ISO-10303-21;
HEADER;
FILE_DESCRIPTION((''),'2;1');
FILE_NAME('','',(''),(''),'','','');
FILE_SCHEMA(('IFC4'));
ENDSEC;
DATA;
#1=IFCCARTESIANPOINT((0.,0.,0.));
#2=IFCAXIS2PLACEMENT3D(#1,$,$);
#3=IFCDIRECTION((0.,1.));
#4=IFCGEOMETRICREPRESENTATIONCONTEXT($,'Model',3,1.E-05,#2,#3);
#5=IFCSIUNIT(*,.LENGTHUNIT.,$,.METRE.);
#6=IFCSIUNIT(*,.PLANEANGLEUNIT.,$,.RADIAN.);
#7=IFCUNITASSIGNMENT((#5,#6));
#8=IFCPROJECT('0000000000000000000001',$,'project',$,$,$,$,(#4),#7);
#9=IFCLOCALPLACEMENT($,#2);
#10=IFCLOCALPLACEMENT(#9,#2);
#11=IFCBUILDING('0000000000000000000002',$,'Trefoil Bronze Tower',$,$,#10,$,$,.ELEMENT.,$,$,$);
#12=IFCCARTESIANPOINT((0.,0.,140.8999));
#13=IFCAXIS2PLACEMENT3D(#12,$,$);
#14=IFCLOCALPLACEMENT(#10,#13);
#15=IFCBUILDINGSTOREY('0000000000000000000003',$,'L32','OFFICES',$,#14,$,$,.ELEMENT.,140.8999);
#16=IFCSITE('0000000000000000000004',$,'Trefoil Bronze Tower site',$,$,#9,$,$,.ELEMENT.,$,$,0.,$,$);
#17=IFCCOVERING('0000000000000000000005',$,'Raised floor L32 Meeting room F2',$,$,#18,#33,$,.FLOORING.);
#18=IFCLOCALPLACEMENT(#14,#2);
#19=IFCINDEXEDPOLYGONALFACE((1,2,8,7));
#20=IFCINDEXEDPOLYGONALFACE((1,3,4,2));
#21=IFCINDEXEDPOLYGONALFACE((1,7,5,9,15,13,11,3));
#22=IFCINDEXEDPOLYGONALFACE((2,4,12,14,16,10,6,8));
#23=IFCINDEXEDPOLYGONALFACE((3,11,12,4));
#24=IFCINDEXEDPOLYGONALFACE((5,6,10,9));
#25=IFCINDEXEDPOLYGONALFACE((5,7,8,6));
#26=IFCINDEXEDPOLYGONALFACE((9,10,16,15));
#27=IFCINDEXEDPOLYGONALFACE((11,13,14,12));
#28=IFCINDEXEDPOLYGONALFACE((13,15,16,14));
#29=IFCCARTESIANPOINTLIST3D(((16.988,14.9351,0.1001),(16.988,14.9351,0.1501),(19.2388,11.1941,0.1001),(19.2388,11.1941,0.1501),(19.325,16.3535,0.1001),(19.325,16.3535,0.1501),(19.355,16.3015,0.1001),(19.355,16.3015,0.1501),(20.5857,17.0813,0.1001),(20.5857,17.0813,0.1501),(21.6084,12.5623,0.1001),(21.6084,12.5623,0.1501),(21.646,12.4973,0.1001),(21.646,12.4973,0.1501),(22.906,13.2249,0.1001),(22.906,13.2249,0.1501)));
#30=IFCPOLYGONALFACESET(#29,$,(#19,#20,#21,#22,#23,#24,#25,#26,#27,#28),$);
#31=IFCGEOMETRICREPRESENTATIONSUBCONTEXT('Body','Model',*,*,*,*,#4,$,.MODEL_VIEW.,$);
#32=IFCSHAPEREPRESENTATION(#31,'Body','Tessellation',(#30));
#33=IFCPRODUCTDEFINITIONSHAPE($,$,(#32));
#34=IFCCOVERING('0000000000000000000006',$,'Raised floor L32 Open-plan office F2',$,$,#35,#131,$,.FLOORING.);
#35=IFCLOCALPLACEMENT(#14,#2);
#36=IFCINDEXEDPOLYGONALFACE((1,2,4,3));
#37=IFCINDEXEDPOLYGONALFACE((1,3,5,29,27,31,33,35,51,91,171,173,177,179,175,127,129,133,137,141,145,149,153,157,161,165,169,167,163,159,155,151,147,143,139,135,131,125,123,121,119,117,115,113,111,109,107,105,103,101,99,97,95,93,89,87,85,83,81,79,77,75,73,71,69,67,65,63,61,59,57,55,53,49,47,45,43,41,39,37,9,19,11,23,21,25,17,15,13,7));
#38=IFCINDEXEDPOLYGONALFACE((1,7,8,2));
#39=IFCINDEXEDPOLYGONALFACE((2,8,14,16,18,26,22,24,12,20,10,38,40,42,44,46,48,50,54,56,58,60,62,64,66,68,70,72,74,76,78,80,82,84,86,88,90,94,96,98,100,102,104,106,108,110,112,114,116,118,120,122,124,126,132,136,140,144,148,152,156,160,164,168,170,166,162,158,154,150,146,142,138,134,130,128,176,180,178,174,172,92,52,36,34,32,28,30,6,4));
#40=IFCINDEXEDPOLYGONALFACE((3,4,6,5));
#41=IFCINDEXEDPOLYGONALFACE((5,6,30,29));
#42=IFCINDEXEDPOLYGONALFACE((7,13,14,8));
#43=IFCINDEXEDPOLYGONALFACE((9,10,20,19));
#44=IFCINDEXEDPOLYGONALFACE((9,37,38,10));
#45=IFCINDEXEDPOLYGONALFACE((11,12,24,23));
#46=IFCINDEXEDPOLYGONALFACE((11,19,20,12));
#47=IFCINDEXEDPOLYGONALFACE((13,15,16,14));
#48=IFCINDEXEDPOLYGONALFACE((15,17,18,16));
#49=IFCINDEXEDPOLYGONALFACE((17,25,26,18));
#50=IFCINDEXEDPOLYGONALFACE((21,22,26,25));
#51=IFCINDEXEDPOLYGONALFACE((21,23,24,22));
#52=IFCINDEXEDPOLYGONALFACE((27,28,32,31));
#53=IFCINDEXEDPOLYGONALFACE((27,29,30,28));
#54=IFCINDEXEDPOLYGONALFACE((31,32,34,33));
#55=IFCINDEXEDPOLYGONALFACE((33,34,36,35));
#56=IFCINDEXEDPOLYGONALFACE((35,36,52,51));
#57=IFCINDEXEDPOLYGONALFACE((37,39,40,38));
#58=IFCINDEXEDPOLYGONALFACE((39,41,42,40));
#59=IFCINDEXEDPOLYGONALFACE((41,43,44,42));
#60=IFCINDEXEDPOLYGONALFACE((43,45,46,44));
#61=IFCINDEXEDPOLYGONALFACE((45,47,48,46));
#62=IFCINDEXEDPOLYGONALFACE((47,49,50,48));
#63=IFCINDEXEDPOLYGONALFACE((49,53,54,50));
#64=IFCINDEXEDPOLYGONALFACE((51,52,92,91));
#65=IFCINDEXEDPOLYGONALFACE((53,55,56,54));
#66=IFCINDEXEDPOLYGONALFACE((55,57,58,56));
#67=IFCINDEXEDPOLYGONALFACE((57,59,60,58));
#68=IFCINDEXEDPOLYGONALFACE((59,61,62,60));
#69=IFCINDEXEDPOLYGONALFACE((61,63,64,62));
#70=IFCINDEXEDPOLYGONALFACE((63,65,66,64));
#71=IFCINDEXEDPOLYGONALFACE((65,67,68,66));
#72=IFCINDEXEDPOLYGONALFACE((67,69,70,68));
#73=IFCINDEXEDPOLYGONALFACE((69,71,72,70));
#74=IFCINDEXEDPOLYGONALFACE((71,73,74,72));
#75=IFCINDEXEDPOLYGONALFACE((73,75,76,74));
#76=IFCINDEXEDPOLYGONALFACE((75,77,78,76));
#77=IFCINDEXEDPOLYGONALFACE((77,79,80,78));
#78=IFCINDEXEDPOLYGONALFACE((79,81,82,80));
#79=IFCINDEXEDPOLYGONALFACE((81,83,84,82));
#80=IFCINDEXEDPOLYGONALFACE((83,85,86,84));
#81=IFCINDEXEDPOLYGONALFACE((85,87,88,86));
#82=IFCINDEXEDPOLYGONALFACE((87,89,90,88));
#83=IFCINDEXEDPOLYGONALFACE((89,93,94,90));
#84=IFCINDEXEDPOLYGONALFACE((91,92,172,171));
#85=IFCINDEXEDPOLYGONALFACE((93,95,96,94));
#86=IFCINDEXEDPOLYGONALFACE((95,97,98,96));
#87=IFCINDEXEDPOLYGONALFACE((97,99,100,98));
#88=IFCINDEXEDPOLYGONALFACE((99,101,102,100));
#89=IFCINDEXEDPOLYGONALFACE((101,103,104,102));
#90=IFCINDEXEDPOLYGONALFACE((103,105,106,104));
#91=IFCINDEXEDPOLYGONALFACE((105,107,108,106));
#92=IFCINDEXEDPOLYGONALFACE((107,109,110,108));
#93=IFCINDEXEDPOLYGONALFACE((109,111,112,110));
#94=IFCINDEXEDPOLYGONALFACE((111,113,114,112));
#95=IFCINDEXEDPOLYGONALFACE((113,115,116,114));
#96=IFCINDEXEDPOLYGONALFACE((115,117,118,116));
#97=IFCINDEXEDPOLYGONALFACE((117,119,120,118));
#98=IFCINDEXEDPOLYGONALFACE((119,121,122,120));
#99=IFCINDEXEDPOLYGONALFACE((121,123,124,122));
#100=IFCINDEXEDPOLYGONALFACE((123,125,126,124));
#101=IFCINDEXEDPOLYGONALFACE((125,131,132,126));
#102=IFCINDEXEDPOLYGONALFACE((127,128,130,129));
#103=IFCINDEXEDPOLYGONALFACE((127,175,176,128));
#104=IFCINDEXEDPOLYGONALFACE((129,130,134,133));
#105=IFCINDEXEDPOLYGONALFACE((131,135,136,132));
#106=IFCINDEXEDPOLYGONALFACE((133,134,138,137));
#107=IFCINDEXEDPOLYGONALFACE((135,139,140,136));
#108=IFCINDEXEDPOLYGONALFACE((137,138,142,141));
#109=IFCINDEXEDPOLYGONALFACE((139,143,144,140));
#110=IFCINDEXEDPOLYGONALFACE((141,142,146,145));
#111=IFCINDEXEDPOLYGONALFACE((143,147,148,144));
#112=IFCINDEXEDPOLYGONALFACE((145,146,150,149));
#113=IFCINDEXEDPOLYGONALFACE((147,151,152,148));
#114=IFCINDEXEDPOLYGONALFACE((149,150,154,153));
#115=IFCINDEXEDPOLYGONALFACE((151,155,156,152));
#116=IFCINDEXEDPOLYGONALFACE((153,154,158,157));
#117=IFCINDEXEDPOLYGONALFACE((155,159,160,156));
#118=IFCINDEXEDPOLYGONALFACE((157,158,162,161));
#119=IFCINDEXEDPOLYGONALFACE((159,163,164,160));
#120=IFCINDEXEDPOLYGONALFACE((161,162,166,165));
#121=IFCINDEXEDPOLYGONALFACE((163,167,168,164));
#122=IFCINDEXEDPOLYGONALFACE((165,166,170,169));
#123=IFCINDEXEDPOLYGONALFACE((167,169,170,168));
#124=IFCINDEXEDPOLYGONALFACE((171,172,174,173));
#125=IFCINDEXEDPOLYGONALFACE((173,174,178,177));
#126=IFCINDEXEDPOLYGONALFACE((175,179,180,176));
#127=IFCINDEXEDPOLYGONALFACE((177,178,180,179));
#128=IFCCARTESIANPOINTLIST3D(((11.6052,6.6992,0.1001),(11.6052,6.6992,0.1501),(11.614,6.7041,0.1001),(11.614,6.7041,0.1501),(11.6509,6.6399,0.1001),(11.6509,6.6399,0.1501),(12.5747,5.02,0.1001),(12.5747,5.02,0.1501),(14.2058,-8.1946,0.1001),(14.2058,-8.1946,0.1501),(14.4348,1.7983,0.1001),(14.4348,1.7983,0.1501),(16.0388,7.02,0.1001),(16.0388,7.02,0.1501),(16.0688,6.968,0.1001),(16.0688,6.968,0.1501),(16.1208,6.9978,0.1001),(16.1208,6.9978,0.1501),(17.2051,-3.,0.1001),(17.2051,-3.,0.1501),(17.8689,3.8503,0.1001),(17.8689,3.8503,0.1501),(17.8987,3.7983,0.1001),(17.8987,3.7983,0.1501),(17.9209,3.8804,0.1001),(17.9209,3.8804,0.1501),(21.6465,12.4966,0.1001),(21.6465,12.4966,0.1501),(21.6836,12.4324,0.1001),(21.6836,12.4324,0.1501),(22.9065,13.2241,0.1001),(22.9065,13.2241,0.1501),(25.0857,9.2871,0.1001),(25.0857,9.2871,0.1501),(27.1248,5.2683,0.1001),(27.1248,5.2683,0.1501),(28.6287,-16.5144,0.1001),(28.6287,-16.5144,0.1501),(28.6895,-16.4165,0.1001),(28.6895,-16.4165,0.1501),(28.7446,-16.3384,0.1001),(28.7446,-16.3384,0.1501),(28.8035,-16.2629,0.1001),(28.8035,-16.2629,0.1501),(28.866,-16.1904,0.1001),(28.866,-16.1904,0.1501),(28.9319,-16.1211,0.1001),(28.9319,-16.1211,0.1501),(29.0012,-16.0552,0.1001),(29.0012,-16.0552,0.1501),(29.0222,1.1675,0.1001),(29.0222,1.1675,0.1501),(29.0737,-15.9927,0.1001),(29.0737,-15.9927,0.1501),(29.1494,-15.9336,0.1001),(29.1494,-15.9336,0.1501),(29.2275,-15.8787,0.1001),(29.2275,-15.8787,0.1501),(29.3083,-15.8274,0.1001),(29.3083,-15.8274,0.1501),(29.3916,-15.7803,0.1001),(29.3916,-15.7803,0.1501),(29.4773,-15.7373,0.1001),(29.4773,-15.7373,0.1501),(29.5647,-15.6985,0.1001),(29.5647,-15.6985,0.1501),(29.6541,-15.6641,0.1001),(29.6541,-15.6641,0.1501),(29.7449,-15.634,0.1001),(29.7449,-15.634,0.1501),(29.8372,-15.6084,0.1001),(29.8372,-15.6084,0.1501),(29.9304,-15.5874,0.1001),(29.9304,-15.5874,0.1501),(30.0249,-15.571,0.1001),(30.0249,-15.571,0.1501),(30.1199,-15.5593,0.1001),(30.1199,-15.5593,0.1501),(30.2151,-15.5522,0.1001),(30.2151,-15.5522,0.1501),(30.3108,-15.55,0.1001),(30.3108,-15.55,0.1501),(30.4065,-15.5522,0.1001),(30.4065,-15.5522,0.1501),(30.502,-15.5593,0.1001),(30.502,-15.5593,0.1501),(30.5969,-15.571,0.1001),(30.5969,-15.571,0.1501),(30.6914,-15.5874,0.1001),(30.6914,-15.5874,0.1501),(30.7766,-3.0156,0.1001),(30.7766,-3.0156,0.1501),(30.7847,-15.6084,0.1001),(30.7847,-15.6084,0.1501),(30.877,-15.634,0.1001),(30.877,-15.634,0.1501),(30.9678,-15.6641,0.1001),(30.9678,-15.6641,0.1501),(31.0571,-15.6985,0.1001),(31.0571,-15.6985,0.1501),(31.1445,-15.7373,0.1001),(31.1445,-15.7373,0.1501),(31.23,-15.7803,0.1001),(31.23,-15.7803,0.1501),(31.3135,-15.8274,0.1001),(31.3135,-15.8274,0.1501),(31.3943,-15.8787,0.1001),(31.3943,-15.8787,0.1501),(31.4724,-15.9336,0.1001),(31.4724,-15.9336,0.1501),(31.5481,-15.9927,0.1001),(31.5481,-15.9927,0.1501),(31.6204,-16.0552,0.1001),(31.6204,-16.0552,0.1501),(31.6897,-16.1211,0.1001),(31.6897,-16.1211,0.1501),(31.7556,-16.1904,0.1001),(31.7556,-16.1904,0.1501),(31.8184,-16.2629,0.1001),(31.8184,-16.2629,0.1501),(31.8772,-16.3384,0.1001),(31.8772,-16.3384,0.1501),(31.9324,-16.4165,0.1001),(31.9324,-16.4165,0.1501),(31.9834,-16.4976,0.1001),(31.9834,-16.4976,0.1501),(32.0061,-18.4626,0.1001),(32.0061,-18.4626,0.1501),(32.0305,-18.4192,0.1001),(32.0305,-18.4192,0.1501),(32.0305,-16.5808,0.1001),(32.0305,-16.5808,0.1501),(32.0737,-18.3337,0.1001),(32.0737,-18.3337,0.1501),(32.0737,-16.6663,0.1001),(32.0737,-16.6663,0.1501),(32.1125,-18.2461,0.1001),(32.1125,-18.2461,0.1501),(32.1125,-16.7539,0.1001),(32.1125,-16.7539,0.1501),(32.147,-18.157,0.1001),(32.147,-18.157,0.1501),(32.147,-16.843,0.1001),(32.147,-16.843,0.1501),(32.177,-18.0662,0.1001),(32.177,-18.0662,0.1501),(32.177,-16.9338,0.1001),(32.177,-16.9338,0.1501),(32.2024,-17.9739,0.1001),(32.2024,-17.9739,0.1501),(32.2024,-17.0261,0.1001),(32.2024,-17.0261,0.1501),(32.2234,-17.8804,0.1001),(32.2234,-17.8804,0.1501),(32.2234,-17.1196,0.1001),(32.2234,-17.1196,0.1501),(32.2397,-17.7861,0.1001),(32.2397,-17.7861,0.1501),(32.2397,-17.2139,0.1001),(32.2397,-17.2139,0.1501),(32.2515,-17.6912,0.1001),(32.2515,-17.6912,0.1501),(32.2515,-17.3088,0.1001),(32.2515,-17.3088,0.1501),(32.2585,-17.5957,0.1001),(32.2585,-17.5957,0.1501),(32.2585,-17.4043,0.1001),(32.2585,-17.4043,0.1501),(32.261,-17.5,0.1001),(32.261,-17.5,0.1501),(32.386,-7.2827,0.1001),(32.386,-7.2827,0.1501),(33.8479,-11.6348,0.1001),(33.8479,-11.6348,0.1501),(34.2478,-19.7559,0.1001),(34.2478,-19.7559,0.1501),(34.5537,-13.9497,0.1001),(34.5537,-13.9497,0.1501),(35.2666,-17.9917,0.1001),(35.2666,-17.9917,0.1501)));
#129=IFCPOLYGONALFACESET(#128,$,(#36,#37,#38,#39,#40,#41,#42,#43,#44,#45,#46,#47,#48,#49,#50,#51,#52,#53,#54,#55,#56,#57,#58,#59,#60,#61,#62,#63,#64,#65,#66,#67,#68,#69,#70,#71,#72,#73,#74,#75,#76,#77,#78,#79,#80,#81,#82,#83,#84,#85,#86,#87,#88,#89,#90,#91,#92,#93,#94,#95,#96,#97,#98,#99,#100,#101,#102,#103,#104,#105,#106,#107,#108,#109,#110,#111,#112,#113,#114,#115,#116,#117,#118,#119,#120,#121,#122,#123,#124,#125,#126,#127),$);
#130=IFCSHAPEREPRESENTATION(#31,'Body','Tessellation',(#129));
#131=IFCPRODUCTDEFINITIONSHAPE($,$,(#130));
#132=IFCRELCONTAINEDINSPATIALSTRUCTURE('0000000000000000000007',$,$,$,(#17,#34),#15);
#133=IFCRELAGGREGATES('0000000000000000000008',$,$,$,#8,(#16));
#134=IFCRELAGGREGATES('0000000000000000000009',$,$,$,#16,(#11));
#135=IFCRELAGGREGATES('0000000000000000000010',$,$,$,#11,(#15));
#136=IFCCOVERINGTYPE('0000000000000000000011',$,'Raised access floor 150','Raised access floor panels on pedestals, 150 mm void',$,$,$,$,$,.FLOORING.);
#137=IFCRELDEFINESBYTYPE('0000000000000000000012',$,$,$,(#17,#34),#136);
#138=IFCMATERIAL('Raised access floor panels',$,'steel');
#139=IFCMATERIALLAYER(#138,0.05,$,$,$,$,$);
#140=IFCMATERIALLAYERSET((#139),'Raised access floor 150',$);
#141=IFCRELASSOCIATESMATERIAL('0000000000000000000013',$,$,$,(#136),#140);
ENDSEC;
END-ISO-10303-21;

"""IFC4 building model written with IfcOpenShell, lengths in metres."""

from ifc_helpers import new_model, si_unit, direction, frame, origin, place, context, subcontext, project, spatial, polyline, outline, extrude, material, layer, layer_set, type_object, element, save


model = new_model("IFC4")

# Units and contexts
model_context = context("Model", 3, precision=1e-05, world=origin(), true_north=direction((0.0, 1.0)))
body_context = subcontext(model_context, "Body", "Model", "MODEL_VIEW")
ifc_project = project(units=[si_unit("LENGTHUNIT", "METRE"), si_unit("PLANEANGLEUNIT", "RADIAN")], contexts=[model_context])

# Site, building, storey
site_placement = place(None, origin())
site = spatial("IfcSite", under=ifc_project, at=site_placement, Name="Trefoil Bronze Tower site", CompositionType="ELEMENT", RefElevation=0.0)
building_placement = place(site_placement, origin())
building = spatial("IfcBuilding", under=site, at=building_placement, Name="Trefoil Bronze Tower", CompositionType="ELEMENT")
storey_placement = place(building_placement, frame((0.0, 0.0, 140.8999)))
storey = spatial("IfcBuildingStorey", under=building, at=storey_placement, Name="L32", Description="OFFICES", CompositionType="ELEMENT", Elevation=140.8999)

# Coverings
ifc_material_1 = material(Name="Raised access floor panels", Category="steel")
ifc_layer_1 = layer(ifc_material_1, 0.05)
ifc_layer_set_1 = layer_set([ifc_layer_1], Name="Raised access floor 150")
covering_type_1 = type_object("IfcCoveringType", Name="Raised access floor 150", Description="Raised access floor panels on pedestals, 150 mm void", PredefinedType="FLOORING", material=ifc_layer_set_1)
covering_1_placement = place(storey_placement, frame((0.0, 0.0, 0.1001)))
element("IfcCovering", 1, at=covering_1_placement, inside=storey, type_object=covering_type_1, Name="Raised floor L32 Meeting room F2", PredefinedType="FLOORING", context=body_context, shape_type="SweptSolid", body=[
    extrude(outline(polyline([(20.5857, 17.0813), (22.906, 13.2249), (21.646, 12.4973), (21.6084, 12.5623), (19.2388, 11.1941), (16.988, 14.9351), (19.355, 16.3015), (19.325, 16.3535), (20.5857, 17.0813)])), origin(), (0.0, 0.0, 1.0), 0.05),
])
covering_2_placement = place(storey_placement, frame((0.0, 0.0, 0.1001)))
element("IfcCovering", 2, at=covering_2_placement, inside=storey, type_object=covering_type_1, Name="Raised floor L32 Open-plan office F2", PredefinedType="FLOORING", context=body_context, shape_type="SweptSolid", body=[
    extrude(outline(polyline([(14.2058, -8.1946), (17.2051, -3.0), (14.4348, 1.7983), (17.8987, 3.7983), (17.8689, 3.8503), (17.9209, 3.8804), (16.1208, 6.9978), (16.0688, 6.968), (16.0388, 7.02), (12.5747, 5.02), (11.6052, 6.6992), (11.614, 6.7041), (11.6509, 6.6399), (21.6836, 12.4324), (21.6465, 12.4966), (22.9065, 13.2241), (25.0857, 9.2871), (27.1248, 5.2683), (29.0222, 1.1675), (30.7766, -3.0156), (32.386, -7.2827), (33.8479, -11.6348), (34.5537, -13.9497), (35.2666, -17.9917), (34.2478, -19.7559), (32.0061, -18.4626), (32.0305, -18.4192), (32.0737, -18.3337), (32.1125, -18.2461), (32.147, -18.157), (32.177, -18.0662), (32.2024, -17.9739), (32.2234, -17.8804), (32.2397, -17.7861), (32.2515, -17.6912), (32.2585, -17.5957), (32.261, -17.5), (32.2585, -17.4043), (32.2515, -17.3088), (32.2397, -17.2139), (32.2234, -17.1196), (32.2024, -17.0261), (32.177, -16.9338), (32.147, -16.843), (32.1125, -16.7539), (32.0737, -16.6663), (32.0305, -16.5808), (31.9834, -16.4976), (31.9324, -16.4165), (31.8772, -16.3384), (31.8184, -16.2629), (31.7556, -16.1904), (31.6897, -16.1211), (31.6204, -16.0552), (31.5481, -15.9927), (31.4724, -15.9336), (31.3943, -15.8787), (31.3135, -15.8274), (31.23, -15.7803), (31.1445, -15.7373), (31.0571, -15.6985), (30.9678, -15.6641), (30.877, -15.634), (30.7847, -15.6084), (30.6914, -15.5874), (30.5969, -15.571), (30.502, -15.5593), (30.4065, -15.5522), (30.3108, -15.55), (30.2151, -15.5522), (30.1199, -15.5593), (30.0249, -15.571), (29.9304, -15.5874), (29.8372, -15.6084), (29.7449, -15.634), (29.6541, -15.6641), (29.5647, -15.6985), (29.4773, -15.7373), (29.3916, -15.7803), (29.3083, -15.8274), (29.2275, -15.8787), (29.1494, -15.9336), (29.0737, -15.9927), (29.0012, -16.0552), (28.9319, -16.1211), (28.866, -16.1904), (28.8035, -16.2629), (28.7446, -16.3384), (28.6895, -16.4165), (28.6287, -16.5144), (14.2058, -8.1946)])), origin(), (0.0, 0.0, 1.0), 0.05),
])

save(model, "model.ifc")
